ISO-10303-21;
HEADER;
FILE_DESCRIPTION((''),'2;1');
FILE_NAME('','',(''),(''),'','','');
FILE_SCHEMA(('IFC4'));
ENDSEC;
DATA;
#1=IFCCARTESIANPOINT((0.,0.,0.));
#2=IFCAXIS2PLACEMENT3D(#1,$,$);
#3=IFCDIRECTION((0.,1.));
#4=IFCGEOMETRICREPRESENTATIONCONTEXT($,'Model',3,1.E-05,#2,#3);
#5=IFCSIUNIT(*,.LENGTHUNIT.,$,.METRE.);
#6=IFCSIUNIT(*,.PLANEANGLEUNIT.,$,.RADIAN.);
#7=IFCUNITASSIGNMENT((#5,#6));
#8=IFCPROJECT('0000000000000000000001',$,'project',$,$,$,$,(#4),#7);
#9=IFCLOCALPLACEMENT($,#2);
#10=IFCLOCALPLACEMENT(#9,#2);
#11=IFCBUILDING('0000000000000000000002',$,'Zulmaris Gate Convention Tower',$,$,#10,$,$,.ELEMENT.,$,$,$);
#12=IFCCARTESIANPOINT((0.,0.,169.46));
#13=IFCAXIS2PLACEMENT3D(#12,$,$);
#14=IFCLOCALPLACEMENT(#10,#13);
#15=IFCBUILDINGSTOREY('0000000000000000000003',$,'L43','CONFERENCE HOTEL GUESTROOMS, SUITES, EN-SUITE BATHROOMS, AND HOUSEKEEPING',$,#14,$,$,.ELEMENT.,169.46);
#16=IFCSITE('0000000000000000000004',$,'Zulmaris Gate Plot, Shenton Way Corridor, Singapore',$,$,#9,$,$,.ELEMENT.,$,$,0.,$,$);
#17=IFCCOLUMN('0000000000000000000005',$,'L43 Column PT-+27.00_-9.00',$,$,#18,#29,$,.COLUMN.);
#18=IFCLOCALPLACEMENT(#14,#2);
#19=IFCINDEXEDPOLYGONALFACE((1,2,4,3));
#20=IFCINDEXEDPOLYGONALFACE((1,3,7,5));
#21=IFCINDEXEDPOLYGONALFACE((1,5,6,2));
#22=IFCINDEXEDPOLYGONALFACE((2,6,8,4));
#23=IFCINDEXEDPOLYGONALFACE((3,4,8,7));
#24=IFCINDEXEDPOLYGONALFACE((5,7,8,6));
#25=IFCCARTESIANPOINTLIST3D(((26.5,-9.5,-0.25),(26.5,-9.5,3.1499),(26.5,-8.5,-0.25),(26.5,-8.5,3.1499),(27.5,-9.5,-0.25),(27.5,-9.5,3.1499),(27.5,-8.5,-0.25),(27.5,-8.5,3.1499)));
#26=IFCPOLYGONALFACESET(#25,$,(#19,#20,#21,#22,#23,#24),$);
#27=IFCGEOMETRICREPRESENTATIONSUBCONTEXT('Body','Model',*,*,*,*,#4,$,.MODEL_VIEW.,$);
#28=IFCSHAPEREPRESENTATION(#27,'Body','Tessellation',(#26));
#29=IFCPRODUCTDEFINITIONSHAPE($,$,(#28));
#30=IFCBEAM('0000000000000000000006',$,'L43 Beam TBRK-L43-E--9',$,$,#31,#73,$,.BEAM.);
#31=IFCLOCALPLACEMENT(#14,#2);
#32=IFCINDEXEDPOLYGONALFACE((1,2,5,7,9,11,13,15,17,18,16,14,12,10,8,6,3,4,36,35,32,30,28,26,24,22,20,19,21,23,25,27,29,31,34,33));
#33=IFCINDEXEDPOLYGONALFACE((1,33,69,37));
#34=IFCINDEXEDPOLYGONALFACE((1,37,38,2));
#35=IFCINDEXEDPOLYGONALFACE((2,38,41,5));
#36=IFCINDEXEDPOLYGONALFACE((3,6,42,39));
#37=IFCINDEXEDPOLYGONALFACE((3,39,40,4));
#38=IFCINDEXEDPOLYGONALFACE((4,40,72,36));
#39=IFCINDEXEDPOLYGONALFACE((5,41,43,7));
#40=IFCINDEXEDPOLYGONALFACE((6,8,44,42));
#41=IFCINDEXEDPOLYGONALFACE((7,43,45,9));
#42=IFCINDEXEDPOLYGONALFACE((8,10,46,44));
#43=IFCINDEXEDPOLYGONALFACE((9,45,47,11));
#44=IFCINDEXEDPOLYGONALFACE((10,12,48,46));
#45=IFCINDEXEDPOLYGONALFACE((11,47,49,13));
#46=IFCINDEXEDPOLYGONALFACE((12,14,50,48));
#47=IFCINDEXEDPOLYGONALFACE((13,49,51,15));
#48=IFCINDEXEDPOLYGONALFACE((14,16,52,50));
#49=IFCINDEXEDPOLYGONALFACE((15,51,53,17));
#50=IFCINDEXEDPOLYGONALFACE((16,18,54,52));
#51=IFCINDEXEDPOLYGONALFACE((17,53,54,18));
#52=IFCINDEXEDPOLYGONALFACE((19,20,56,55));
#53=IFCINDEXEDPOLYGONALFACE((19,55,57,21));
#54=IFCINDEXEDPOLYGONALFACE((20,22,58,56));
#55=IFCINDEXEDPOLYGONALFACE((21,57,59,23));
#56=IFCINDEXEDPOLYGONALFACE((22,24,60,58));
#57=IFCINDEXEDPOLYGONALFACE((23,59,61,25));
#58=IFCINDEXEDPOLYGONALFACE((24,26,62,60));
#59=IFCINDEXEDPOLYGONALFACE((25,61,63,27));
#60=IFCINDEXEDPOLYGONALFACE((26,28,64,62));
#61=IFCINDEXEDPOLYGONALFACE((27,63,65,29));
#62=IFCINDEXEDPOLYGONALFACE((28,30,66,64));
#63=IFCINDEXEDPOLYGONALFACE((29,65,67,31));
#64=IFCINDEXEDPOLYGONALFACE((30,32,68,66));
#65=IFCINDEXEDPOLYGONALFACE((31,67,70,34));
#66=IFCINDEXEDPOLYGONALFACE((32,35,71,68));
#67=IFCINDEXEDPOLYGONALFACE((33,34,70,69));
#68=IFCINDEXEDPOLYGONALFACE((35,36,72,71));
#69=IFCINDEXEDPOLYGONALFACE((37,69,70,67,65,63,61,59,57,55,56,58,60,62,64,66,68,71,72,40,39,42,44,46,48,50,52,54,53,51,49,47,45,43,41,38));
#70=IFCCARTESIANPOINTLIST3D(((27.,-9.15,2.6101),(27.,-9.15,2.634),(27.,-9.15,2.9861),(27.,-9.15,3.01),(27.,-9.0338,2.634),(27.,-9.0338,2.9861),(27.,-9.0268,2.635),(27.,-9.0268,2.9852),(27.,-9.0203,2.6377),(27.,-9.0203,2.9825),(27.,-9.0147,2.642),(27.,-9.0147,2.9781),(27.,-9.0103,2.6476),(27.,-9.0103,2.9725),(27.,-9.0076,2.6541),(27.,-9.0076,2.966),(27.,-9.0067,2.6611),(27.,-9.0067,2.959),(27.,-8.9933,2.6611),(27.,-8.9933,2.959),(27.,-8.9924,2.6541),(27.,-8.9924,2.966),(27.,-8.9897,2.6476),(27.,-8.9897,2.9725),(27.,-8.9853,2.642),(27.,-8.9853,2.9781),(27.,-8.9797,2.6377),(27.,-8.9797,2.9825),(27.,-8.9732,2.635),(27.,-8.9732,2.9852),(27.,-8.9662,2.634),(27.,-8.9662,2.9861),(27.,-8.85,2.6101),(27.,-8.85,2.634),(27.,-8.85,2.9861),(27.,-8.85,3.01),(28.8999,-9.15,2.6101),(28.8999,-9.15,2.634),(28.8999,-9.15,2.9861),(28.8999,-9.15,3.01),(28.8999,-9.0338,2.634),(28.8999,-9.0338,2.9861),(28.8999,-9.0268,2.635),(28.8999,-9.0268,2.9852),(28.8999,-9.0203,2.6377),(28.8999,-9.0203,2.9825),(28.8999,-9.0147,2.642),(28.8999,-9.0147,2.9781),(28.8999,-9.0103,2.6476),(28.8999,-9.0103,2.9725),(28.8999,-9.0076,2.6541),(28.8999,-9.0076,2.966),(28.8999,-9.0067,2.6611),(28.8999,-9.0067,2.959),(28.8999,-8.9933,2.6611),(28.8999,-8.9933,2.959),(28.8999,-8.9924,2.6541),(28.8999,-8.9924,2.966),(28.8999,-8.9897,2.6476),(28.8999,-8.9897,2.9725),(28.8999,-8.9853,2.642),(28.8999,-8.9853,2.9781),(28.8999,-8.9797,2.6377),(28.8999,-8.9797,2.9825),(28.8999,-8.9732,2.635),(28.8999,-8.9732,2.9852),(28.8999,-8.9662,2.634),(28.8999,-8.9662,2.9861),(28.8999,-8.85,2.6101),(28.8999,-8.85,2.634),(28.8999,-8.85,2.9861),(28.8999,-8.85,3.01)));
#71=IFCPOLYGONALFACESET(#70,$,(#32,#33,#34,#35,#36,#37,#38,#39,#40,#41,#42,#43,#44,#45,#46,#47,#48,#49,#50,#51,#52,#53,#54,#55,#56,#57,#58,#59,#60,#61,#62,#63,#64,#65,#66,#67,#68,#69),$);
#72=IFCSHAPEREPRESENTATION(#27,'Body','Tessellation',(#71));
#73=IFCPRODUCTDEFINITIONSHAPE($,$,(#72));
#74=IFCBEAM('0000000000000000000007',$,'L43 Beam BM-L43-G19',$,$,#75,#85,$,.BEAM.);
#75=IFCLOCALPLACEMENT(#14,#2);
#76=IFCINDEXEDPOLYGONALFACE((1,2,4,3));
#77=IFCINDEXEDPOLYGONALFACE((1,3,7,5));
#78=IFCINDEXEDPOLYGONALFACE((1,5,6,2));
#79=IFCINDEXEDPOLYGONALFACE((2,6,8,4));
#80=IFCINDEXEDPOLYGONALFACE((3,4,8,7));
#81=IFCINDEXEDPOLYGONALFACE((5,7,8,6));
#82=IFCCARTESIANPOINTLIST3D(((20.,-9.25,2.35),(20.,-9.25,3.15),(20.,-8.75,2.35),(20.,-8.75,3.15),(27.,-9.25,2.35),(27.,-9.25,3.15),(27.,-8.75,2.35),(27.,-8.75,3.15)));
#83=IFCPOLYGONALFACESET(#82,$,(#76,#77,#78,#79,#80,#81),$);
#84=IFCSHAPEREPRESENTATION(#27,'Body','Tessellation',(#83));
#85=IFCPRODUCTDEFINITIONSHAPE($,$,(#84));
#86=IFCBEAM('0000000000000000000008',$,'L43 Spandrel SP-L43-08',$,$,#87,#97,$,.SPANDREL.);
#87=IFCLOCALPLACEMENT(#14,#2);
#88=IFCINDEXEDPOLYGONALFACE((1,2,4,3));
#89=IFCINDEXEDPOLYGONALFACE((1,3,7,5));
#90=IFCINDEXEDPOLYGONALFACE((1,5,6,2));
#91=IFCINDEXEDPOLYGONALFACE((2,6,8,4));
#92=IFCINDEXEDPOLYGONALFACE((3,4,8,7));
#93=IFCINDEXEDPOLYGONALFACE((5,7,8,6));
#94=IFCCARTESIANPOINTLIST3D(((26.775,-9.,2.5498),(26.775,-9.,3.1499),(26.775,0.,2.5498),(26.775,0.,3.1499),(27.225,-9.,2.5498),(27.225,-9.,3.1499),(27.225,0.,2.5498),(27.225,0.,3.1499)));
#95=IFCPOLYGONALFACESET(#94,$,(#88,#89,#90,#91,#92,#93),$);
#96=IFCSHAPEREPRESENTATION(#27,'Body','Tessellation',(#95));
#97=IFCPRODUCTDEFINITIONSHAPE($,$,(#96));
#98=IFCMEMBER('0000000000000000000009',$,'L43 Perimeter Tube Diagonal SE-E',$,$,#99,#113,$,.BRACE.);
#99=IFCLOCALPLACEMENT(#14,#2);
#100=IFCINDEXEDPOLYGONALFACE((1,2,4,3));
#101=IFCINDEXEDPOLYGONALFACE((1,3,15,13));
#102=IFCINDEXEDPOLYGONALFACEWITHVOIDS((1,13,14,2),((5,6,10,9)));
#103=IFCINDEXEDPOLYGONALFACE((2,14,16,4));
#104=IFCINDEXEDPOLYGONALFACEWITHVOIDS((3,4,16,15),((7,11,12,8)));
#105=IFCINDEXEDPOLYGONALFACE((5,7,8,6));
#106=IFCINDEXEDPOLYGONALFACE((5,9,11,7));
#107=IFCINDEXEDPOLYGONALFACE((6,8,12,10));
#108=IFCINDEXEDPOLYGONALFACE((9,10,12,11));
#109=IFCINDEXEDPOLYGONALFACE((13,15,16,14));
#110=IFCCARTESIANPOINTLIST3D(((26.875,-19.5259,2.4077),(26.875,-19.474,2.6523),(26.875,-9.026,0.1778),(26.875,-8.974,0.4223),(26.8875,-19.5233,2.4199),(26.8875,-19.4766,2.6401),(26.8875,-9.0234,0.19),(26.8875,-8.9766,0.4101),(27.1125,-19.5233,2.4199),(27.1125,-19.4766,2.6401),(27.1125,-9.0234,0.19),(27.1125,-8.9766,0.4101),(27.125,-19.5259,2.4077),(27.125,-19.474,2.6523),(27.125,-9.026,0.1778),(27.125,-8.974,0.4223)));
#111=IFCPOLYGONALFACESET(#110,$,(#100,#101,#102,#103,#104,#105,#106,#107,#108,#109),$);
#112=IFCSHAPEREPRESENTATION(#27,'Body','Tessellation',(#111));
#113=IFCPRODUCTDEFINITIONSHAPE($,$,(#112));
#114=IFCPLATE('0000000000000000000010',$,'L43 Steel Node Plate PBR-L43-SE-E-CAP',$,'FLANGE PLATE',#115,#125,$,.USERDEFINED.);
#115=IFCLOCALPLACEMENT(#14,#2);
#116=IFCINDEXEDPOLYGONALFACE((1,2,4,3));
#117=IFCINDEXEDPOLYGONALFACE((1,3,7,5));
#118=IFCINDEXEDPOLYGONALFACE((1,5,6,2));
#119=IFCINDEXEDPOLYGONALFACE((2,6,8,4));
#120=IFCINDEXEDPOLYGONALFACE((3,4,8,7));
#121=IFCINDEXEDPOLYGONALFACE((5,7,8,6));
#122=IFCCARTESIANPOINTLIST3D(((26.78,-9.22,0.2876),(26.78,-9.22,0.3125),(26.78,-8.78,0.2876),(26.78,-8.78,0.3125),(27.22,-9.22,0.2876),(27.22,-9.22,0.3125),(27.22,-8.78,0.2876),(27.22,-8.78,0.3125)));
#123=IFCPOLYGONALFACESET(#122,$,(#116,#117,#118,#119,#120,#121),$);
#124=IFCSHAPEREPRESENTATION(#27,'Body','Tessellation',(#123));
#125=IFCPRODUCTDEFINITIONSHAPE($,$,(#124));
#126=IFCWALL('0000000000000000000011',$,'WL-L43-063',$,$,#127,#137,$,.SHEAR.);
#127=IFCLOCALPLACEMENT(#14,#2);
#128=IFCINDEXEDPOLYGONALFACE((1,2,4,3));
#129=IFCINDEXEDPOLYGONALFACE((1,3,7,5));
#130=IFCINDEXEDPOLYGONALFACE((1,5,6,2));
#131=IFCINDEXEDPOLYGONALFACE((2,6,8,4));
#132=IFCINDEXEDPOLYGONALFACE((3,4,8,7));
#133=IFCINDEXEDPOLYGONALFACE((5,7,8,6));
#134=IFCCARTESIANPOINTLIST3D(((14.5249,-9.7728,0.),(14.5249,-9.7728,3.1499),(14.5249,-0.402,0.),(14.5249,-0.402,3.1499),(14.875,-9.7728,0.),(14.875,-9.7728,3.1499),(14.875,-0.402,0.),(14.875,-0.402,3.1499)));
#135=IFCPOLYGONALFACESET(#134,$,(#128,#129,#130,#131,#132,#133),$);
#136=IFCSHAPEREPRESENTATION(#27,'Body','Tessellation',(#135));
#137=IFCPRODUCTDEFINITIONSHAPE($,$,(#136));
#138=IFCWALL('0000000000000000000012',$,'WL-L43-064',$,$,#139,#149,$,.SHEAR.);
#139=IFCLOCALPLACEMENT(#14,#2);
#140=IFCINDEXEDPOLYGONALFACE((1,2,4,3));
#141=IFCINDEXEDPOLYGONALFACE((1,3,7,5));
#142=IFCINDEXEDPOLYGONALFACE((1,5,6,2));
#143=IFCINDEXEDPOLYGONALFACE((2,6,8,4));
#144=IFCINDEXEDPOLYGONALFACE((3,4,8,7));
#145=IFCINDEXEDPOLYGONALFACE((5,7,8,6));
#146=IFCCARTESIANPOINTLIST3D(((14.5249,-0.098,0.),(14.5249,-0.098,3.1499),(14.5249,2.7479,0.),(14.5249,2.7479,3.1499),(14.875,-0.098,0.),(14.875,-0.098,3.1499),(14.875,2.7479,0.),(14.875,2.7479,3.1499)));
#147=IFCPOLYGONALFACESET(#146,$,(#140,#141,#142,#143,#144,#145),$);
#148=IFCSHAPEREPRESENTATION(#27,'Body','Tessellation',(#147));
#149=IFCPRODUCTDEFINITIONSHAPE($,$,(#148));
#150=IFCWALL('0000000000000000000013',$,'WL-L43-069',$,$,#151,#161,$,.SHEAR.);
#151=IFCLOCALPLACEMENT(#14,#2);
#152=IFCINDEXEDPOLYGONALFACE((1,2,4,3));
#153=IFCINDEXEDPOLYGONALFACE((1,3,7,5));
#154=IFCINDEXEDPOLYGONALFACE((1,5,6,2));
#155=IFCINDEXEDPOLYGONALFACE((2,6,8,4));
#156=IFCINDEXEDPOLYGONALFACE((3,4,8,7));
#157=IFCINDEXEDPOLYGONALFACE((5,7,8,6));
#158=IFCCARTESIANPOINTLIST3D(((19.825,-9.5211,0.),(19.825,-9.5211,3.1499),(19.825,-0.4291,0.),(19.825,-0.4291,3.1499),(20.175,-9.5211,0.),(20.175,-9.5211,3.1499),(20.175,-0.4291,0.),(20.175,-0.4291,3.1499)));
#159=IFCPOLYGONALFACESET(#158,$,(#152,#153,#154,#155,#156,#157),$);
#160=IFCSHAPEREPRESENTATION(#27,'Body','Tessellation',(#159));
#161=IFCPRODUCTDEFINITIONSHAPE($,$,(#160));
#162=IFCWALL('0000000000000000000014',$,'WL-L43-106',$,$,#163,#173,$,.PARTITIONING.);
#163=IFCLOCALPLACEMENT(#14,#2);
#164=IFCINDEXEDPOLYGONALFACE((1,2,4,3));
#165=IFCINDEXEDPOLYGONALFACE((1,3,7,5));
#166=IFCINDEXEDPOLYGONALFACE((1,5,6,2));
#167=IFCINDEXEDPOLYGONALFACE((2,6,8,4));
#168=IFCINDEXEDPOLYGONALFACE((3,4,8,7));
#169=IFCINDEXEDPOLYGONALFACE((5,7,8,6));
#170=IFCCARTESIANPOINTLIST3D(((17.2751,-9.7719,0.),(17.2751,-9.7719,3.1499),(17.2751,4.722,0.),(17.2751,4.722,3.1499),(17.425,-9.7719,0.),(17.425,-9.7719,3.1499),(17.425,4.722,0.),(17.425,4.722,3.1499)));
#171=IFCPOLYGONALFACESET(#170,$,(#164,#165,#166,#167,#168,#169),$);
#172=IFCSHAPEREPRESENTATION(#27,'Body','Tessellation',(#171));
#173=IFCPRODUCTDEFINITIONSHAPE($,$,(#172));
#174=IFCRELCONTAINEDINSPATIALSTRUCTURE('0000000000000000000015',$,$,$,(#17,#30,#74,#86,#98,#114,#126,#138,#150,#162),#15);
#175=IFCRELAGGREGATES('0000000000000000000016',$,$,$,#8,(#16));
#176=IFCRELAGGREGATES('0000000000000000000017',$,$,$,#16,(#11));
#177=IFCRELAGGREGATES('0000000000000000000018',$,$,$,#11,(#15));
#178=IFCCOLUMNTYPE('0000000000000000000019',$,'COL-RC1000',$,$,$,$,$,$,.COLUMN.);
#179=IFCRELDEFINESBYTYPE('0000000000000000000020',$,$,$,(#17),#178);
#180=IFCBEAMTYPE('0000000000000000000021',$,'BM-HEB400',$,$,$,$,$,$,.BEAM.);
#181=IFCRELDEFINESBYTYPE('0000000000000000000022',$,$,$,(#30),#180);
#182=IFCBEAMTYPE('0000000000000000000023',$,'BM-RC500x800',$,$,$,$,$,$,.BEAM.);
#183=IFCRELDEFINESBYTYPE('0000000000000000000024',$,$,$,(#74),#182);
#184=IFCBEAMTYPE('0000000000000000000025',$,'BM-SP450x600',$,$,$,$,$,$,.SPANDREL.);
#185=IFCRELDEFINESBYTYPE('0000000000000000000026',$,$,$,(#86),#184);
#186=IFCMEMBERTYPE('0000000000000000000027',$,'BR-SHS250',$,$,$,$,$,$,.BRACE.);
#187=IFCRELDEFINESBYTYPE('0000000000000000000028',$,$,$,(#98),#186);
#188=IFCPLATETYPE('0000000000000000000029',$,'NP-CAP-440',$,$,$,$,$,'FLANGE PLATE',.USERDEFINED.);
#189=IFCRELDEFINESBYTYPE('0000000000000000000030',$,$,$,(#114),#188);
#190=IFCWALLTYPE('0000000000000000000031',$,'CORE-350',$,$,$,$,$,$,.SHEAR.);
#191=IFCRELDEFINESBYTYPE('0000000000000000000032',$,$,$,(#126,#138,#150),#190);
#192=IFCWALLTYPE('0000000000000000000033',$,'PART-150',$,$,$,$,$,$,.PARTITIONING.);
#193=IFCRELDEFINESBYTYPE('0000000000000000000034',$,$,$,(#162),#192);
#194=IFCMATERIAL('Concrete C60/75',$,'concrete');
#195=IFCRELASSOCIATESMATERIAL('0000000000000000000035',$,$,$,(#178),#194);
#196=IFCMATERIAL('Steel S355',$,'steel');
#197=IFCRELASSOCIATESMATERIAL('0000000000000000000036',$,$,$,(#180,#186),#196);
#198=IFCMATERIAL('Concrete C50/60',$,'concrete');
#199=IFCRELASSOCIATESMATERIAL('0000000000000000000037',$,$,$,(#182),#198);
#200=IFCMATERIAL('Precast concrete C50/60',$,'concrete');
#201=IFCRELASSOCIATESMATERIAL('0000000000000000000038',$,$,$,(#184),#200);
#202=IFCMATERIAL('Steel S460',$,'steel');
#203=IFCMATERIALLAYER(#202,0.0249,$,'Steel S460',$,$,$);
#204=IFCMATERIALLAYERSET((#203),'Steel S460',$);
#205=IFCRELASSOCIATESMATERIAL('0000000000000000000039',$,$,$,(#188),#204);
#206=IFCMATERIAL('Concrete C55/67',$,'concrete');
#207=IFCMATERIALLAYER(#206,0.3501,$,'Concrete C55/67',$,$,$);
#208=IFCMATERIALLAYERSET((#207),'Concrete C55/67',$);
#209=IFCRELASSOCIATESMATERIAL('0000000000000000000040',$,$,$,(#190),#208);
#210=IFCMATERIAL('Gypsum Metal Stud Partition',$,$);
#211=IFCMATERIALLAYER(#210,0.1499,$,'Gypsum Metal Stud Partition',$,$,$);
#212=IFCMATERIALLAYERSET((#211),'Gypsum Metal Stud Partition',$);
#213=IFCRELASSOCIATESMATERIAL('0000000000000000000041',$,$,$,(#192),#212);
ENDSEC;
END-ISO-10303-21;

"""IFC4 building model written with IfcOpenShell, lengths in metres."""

from ifc_helpers import new_model, si_unit, direction, frame, frame_2d, origin, origin_2d, place, context, subcontext, project, spatial, rectangle, hollow_rectangle, i_section, extrude, material, layer, layer_set, material_profile, profile_set, type_object, element, save


model = new_model("IFC4")

# Units and contexts
model_context = context("Model", 3, precision=1e-05, world=origin(), true_north=direction((0.0, 1.0)))
body_context = subcontext(model_context, "Body", "Model", "MODEL_VIEW")
ifc_project = project(units=[si_unit("LENGTHUNIT", "METRE"), si_unit("PLANEANGLEUNIT", "RADIAN")], contexts=[model_context])

# Site, building, storey
site_placement = place(None, origin())
site = spatial("IfcSite", under=ifc_project, at=site_placement, Name="Zulmaris Gate Plot, Shenton Way Corridor, Singapore", CompositionType="ELEMENT", RefElevation=0.0)
building_placement = place(site_placement, origin())
building = spatial("IfcBuilding", under=site, at=building_placement, Name="Zulmaris Gate Convention Tower", CompositionType="ELEMENT")
storey_placement = place(building_placement, frame((0.0, 0.0, 169.46)))
storey = spatial("IfcBuildingStorey", under=building, at=storey_placement, Name="L43", Description="CONFERENCE HOTEL GUESTROOMS, SUITES, EN-SUITE BATHROOMS, AND HOUSEKEEPING", CompositionType="ELEMENT", Elevation=169.46)

# Column
ifc_material_1 = material(Name="Concrete C60/75", Category="concrete")
ifc_material_profile_1 = material_profile(ifc_material_1, rectangle(XDim=1.0, YDim=1.0, at=origin_2d()), Name="RC COL 1000x1000")
ifc_profile_set_1 = profile_set([ifc_material_profile_1], Name="Concrete C60/75")
column_type = type_object("IfcColumnType", Name="COL-RC1000", PredefinedType="COLUMN", material=ifc_profile_set_1)
column_placement = place(storey_placement, frame((27.0, -9.0, -0.25), z_axis=(0.0, 0.0, 1.0), x_axis=(1.0, 0.0, 0.0)))
element("IfcColumn", 1, at=column_placement, inside=storey, type_object=column_type, Name="L43 Column PT-+27.00_-9.00", PredefinedType="COLUMN", context=body_context, shape_type="SweptSolid", body=[
    extrude(rectangle(XDim=1.0, YDim=1.0, at=origin_2d()), origin(), (0.0, 0.0, 1.0), 3.3999),
])

# Beams
ifc_material_2 = material(Name="Steel S355", Category="steel")
ifc_material_profile_2 = material_profile(ifc_material_2, i_section(OverallWidth=0.3, OverallDepth=0.3999, WebThickness=0.0134, FlangeThickness=0.0239, FilletRadius=0.0271, at=origin_2d()), Name="HEB 400")
ifc_profile_set_2 = profile_set([ifc_material_profile_2], Name="Steel S355")
beam_type_1 = type_object("IfcBeamType", Name="BM-HEB400", PredefinedType="BEAM", material=ifc_profile_set_2)
beam_1_placement = place(storey_placement, frame((27.0, -9.0, 2.8101), z_axis=(1.0, 0.0, 0.0), x_axis=(0.0, 1.0, 0.0)))
element("IfcBeam", 2, at=beam_1_placement, inside=storey, type_object=beam_type_1, Name="L43 Beam TBRK-L43-E--9", PredefinedType="BEAM", context=body_context, shape_type="SweptSolid", body=[
    extrude(i_section(OverallWidth=0.3, OverallDepth=0.3999, WebThickness=0.0134, FlangeThickness=0.0239, FilletRadius=0.0271, at=origin_2d()), origin(), (0.0, 0.0, 1.0), 1.8999),
])
ifc_material_3 = material(Name="Concrete C50/60", Category="concrete")
ifc_material_profile_3 = material_profile(ifc_material_3, rectangle(XDim=0.5, YDim=0.8, at=origin_2d()), Name="RC BEAM 500x800")
ifc_profile_set_3 = profile_set([ifc_material_profile_3], Name="Concrete C50/60")
beam_type_2 = type_object("IfcBeamType", Name="BM-RC500x800", PredefinedType="BEAM", material=ifc_profile_set_3)
beam_2_placement = place(storey_placement, frame((20.0, -9.0, 2.75), z_axis=(1.0, 0.0, 0.0), x_axis=(0.0, 1.0, 0.0)))
element("IfcBeam", 3, at=beam_2_placement, inside=storey, type_object=beam_type_2, Name="L43 Beam BM-L43-G19", PredefinedType="BEAM", context=body_context, shape_type="SweptSolid", body=[
    extrude(rectangle(XDim=0.5, YDim=0.8, at=origin_2d()), origin(), (0.0, 0.0, 1.0), 7.0),
])
ifc_material_4 = material(Name="Precast concrete C50/60", Category="concrete")
ifc_material_profile_4 = material_profile(ifc_material_4, rectangle(XDim=0.45, YDim=0.6001, at=origin_2d()), Name="RC SPANDREL 450x600")
ifc_profile_set_4 = profile_set([ifc_material_profile_4], Name="Precast concrete C50/60")
beam_type_3 = type_object("IfcBeamType", Name="BM-SP450x600", PredefinedType="SPANDREL", material=ifc_profile_set_4)
beam_3_placement = place(storey_placement, frame((27.0, -9.0, 2.8499), z_axis=(0.0, 1.0, 0.0), x_axis=(-1.0, 0.0, 0.0)))
element("IfcBeam", 4, at=beam_3_placement, inside=storey, type_object=beam_type_3, Name="L43 Spandrel SP-L43-08", PredefinedType="SPANDREL", context=body_context, shape_type="SweptSolid", body=[
    extrude(rectangle(XDim=0.45, YDim=0.6001, at=origin_2d()), origin(), (0.0, 0.0, 1.0), 9.0),
])

# Member
ifc_material_profile_5 = material_profile(ifc_material_2, hollow_rectangle(XDim=0.25, YDim=0.25, WallThickness=0.0125, at=origin_2d()), Name="SHS 250x250x12.5")
ifc_profile_set_5 = profile_set([ifc_material_profile_5], Name="Steel S355")
member_type = type_object("IfcMemberType", Name="BR-SHS250", PredefinedType="BRACE", material=ifc_profile_set_5)
member_placement = place(storey_placement, frame((27.0, -9.0, 0.3), z_axis=(0.0, -0.978183, 0.207746), x_axis=(1.0, 0.0, 0.0)))
element("IfcMember", 5, at=member_placement, inside=storey, type_object=member_type, Name="L43 Perimeter Tube Diagonal SE-E", PredefinedType="BRACE", context=body_context, shape_type="SweptSolid", body=[
    extrude(hollow_rectangle(XDim=0.25, YDim=0.25, WallThickness=0.0125, at=origin_2d()), origin(), (0.0, 0.0, 1.0), 10.7341),
])

# Plate
ifc_material_5 = material(Name="Steel S460", Category="steel")
ifc_layer_1 = layer(ifc_material_5, 0.0249, Name="Steel S460")
ifc_layer_set_1 = layer_set([ifc_layer_1], Name="Steel S460")
plate_type = type_object("IfcPlateType", Name="NP-CAP-440", ElementType="FLANGE PLATE", PredefinedType="USERDEFINED", material=ifc_layer_set_1)
plate_placement = place(storey_placement, frame((27.0, -9.0, 0.2876), z_axis=(0.0, 0.0, 1.0), x_axis=(1.0, 0.0, 0.0)))
element("IfcPlate", 6, at=plate_placement, inside=storey, type_object=plate_type, Name="L43 Steel Node Plate PBR-L43-SE-E-CAP", ObjectType="FLANGE PLATE", PredefinedType="USERDEFINED", context=body_context, shape_type="SweptSolid", body=[
    extrude(rectangle(XDim=0.4399, YDim=0.4399, at=origin_2d()), origin(), (0.0, 0.0, 1.0), 0.0249),
])

# Walls
ifc_material_6 = material(Name="Concrete C55/67", Category="concrete")
ifc_layer_2 = layer(ifc_material_6, 0.3501, Name="Concrete C55/67")
ifc_layer_set_2 = layer_set([ifc_layer_2], Name="Concrete C55/67")
wall_type_1 = type_object("IfcWallType", Name="CORE-350", PredefinedType="SHEAR", material=ifc_layer_set_2)
wall_1_placement = place(storey_placement, frame((14.7, -9.7729, 0.0), z_axis=(0.0, 0.0, 1.0), x_axis=(0.0, 1.0, 0.0)))
element("IfcWall", 7, at=wall_1_placement, inside=storey, type_object=wall_type_1, Name="WL-L43-063", PredefinedType="SHEAR", context=body_context, shape_type="SweptSolid", body=[
    extrude(rectangle(XDim=9.3708, YDim=0.3501, at=frame_2d((4.6855, 0.0))), origin(), (0.0, 0.0, 1.0), 3.1499),
])
wall_2_placement = place(storey_placement, frame((14.7, -0.0979, 0.0), z_axis=(0.0, 0.0, 1.0), x_axis=(0.0, 1.0, 0.0)))
element("IfcWall", 8, at=wall_2_placement, inside=storey, type_object=wall_type_1, Name="WL-L43-064", PredefinedType="SHEAR", context=body_context, shape_type="SweptSolid", body=[
    extrude(rectangle(XDim=2.8459, YDim=0.3501, at=frame_2d((1.4229, 0.0))), origin(), (0.0, 0.0, 1.0), 3.1499),
])
wall_3_placement = place(storey_placement, frame((20.0, -9.521, 0.0), z_axis=(0.0, 0.0, 1.0), x_axis=(0.0, 1.0, 0.0)))
element("IfcWall", 9, at=wall_3_placement, inside=storey, type_object=wall_type_1, Name="WL-L43-069", PredefinedType="SHEAR", context=body_context, shape_type="SweptSolid", body=[
    extrude(rectangle(XDim=9.092, YDim=0.3501, at=frame_2d((4.5459, 0.0))), origin(), (0.0, 0.0, 1.0), 3.1499),
])
ifc_material_7 = material(Name="Gypsum Metal Stud Partition")
ifc_layer_3 = layer(ifc_material_7, 0.1499, Name="Gypsum Metal Stud Partition")
ifc_layer_set_3 = layer_set([ifc_layer_3], Name="Gypsum Metal Stud Partition")
wall_type_2 = type_object("IfcWallType", Name="PART-150", PredefinedType="PARTITIONING", material=ifc_layer_set_3)
wall_4_placement = place(storey_placement, frame((17.3501, -9.772, 0.0), z_axis=(0.0, 0.0, 1.0), x_axis=(0.0, 1.0, 0.0)))
element("IfcWall", 10, at=wall_4_placement, inside=storey, type_object=wall_type_2, Name="WL-L43-106", PredefinedType="PARTITIONING", context=body_context, shape_type="SweptSolid", body=[
    extrude(rectangle(XDim=14.4939, YDim=0.1499, at=frame_2d((7.2471, 0.0))), origin(), (0.0, 0.0, 1.0), 3.1499),
])

save(model, "model.ifc")
